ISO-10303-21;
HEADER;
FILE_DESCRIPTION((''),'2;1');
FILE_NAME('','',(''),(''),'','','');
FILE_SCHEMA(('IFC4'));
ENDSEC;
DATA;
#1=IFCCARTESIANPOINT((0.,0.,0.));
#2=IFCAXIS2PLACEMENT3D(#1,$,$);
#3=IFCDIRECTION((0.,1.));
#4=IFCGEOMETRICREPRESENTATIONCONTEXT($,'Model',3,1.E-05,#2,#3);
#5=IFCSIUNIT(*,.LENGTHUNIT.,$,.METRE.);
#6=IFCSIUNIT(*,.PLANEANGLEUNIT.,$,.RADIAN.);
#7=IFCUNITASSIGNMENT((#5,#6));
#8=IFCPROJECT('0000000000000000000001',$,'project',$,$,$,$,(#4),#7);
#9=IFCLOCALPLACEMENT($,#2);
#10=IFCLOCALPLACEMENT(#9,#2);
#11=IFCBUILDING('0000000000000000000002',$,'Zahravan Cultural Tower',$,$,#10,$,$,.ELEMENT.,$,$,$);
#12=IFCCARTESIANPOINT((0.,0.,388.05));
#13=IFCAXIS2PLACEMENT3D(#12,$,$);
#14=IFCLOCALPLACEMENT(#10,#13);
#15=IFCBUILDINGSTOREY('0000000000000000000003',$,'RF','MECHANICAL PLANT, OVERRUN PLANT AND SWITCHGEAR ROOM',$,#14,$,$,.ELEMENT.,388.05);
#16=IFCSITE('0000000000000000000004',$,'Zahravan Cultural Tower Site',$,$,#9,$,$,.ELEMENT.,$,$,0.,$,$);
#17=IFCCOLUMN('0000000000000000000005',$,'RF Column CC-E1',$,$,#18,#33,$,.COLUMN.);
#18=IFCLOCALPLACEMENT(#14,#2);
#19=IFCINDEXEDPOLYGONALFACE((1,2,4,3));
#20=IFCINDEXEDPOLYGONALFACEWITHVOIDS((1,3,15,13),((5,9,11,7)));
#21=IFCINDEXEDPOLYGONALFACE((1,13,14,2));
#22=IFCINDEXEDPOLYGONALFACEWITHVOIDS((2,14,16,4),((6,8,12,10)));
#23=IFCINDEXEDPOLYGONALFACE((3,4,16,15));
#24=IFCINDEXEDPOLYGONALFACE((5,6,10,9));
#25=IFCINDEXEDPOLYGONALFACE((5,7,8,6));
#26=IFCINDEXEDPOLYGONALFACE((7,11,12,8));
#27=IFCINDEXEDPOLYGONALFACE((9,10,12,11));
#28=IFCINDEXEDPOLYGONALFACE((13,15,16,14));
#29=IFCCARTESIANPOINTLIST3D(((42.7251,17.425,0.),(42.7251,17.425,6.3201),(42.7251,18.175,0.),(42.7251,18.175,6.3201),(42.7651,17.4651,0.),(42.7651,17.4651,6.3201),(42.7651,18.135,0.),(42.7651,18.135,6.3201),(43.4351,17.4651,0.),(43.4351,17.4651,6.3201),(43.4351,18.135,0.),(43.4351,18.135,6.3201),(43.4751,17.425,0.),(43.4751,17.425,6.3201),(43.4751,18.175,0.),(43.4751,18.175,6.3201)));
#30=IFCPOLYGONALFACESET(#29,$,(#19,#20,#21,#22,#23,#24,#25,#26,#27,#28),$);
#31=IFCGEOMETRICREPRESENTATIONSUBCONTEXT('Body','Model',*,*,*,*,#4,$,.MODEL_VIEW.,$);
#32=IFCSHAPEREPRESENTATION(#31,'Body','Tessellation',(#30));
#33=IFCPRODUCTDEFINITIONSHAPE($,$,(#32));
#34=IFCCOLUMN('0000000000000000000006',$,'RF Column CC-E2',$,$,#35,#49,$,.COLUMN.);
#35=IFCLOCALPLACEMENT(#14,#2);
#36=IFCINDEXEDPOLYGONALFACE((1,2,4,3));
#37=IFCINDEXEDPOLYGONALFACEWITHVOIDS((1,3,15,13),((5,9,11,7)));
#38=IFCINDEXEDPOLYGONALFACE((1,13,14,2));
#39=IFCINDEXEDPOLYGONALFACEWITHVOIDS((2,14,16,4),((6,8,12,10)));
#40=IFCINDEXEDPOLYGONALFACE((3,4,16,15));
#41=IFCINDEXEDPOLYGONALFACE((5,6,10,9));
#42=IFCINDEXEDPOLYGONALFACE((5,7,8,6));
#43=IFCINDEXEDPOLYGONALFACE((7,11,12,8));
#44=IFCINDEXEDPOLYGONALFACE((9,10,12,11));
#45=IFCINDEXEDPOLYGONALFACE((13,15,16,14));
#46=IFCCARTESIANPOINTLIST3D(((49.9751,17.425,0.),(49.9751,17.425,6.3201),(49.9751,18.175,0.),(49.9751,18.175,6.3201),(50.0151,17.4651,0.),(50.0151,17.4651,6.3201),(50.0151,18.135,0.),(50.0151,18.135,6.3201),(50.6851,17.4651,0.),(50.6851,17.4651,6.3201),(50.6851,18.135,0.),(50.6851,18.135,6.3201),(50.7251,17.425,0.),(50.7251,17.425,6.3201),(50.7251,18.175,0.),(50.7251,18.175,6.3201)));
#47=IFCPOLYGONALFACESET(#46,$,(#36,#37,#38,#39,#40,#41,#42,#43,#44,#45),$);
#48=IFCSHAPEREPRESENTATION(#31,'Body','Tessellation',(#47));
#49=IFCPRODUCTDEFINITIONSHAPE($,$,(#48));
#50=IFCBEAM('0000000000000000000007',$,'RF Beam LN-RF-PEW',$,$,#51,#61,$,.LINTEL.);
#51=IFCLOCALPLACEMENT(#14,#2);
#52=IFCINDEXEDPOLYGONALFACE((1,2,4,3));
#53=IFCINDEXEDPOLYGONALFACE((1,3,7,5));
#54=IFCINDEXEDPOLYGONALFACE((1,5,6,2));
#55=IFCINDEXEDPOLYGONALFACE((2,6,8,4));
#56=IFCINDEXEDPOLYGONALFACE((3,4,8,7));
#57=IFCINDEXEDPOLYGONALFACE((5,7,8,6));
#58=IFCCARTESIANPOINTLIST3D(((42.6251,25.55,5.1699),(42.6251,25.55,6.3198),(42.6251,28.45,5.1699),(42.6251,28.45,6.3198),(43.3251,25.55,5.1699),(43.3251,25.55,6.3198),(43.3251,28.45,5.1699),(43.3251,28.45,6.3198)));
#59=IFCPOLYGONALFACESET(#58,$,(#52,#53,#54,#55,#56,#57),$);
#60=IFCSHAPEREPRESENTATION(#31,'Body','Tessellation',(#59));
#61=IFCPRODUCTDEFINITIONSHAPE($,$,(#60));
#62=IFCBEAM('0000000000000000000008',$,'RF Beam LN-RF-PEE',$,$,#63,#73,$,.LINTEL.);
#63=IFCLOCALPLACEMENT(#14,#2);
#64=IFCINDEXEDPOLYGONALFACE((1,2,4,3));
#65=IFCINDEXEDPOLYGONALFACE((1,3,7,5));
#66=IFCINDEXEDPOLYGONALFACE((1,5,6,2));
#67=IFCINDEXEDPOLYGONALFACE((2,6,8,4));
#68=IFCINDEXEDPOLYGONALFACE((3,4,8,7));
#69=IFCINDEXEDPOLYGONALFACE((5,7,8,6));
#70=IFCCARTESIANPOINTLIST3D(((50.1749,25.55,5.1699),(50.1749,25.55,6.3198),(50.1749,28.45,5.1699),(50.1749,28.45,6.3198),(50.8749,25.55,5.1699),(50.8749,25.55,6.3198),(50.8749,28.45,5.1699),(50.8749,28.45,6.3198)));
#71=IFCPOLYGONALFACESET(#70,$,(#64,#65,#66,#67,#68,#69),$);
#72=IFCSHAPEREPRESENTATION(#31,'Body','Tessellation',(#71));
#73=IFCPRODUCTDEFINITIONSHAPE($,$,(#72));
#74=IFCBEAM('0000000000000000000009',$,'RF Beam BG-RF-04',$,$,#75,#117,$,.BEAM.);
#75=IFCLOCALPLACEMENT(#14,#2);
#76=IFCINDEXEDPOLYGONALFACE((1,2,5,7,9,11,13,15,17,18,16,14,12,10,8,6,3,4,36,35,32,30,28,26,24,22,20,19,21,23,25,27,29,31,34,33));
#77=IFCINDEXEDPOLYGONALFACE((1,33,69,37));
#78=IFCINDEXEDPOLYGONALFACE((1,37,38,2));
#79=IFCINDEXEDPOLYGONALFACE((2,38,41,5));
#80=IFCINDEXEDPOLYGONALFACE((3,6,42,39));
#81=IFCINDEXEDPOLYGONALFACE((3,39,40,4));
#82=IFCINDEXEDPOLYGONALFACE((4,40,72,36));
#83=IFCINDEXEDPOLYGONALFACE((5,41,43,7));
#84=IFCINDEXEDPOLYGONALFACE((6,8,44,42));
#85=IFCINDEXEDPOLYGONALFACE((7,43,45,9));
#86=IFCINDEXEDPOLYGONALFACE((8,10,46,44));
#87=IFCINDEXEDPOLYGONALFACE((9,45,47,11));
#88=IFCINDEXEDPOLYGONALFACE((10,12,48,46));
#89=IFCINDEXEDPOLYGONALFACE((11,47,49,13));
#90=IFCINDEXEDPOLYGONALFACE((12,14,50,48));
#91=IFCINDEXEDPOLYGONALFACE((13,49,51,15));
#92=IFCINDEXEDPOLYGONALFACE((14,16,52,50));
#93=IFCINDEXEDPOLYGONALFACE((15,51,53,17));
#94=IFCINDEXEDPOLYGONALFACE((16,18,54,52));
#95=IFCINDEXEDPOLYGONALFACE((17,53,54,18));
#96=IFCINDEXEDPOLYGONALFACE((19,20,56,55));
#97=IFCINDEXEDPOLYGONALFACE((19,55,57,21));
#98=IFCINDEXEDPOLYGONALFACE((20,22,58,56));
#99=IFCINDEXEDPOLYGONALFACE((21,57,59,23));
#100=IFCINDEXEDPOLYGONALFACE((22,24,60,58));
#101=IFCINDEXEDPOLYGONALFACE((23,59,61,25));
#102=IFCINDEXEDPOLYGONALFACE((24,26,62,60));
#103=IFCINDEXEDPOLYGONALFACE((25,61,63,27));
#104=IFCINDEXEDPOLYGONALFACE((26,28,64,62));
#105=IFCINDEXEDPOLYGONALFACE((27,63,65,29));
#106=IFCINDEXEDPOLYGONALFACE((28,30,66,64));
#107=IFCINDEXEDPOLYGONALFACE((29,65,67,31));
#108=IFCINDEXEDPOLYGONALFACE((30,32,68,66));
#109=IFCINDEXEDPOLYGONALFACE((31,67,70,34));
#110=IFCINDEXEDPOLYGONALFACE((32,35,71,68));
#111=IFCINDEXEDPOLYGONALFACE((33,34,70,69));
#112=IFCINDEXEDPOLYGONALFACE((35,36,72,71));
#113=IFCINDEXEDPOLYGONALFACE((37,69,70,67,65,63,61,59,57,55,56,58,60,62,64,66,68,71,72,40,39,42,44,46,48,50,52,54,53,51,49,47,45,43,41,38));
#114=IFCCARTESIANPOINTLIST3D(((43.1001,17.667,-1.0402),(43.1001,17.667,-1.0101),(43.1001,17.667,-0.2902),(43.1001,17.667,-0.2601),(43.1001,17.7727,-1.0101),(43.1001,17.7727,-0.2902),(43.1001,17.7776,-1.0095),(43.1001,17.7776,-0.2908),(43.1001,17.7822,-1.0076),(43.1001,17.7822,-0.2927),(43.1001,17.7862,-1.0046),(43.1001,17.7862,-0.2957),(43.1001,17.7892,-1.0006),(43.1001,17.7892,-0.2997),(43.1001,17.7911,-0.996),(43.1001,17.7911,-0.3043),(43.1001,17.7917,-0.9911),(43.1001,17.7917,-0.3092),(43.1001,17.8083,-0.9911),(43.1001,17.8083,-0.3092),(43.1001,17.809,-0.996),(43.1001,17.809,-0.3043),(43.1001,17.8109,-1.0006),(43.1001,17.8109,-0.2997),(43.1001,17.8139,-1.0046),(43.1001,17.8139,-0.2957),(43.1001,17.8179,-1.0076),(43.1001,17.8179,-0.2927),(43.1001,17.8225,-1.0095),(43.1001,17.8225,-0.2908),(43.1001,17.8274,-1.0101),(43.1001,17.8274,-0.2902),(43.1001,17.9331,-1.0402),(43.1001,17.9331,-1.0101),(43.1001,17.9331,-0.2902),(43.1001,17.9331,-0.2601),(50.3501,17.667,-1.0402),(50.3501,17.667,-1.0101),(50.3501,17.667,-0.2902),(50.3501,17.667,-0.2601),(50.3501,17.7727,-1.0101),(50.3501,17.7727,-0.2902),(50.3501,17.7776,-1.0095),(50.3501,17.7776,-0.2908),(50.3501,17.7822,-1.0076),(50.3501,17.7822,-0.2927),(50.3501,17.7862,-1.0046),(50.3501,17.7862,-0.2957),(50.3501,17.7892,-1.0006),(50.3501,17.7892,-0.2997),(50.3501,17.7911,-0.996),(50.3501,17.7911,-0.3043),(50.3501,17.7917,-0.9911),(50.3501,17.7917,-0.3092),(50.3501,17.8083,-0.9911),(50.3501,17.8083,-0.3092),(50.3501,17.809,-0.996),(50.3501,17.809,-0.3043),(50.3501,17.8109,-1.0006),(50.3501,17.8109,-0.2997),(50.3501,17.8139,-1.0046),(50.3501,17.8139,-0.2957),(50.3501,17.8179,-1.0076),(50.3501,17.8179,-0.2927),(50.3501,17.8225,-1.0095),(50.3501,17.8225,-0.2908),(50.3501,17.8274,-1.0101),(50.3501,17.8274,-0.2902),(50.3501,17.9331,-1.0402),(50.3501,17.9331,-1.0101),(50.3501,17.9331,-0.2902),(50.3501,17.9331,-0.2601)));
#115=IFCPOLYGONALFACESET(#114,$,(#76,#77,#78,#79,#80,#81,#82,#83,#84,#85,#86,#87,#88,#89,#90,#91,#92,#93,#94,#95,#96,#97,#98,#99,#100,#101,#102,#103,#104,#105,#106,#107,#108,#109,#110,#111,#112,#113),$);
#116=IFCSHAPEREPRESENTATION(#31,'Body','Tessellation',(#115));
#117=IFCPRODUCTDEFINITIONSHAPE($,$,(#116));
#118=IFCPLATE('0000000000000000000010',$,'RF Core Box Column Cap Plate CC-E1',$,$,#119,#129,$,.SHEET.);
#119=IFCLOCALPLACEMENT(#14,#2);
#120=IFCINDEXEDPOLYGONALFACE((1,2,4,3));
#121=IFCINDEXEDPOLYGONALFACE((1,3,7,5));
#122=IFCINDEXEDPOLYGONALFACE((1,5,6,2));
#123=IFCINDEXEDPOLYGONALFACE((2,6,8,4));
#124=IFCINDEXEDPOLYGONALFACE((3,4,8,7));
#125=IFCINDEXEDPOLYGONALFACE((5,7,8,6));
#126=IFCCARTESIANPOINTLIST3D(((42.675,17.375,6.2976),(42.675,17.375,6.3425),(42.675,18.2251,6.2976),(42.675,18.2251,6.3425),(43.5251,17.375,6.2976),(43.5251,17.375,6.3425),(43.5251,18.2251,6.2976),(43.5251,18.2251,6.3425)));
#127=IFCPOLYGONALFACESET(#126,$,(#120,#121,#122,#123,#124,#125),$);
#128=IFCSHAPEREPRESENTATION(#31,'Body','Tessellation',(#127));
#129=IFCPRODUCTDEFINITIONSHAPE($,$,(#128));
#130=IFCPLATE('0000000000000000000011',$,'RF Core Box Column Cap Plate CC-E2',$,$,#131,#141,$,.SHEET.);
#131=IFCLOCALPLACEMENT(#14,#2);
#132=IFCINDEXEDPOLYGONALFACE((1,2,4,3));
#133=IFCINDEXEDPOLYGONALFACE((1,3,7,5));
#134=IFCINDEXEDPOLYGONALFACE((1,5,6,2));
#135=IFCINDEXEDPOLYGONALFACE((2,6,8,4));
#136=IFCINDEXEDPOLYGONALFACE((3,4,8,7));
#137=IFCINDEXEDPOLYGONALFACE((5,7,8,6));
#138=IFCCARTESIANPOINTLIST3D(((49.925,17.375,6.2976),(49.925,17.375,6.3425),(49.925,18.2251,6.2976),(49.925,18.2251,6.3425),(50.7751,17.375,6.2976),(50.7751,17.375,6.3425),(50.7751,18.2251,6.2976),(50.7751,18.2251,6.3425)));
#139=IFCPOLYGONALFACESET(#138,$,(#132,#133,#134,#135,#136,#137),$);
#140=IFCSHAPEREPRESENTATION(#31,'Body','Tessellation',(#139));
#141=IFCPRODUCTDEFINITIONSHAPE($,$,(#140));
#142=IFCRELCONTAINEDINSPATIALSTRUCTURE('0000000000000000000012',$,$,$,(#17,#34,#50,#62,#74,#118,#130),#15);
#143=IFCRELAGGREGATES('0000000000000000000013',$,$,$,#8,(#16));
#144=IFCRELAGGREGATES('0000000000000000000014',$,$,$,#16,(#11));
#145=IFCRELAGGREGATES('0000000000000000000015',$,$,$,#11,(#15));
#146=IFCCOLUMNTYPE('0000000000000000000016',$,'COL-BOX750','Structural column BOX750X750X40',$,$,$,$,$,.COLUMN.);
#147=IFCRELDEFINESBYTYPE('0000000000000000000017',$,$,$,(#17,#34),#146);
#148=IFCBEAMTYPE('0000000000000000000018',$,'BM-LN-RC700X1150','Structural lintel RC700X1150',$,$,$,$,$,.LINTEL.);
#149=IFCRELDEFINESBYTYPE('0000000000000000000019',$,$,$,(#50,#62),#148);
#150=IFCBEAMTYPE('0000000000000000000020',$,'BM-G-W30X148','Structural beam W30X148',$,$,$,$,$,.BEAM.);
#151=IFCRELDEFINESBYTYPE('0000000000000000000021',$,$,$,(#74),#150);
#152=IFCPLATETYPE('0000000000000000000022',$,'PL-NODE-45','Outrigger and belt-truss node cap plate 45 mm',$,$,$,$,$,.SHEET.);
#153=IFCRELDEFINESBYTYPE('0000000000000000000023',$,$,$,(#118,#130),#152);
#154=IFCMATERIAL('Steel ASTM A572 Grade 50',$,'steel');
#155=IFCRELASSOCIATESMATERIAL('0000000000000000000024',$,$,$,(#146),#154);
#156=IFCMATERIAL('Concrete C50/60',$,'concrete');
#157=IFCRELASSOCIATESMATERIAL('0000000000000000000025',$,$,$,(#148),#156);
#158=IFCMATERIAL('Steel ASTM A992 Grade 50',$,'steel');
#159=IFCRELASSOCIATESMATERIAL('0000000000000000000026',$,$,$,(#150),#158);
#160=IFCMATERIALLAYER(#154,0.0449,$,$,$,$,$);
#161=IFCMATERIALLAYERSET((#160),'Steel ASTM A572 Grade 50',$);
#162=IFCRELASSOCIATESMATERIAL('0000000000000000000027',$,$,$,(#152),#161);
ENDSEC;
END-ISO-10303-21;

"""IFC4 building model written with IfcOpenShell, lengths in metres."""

from ifc_helpers import new_model, si_unit, direction, frame, origin, origin_2d, place, context, subcontext, project, spatial, rectangle, hollow_rectangle, i_section, extrude, source, transform, mapped, material, layer, layer_set, material_profile, profile_set, type_object, element, save


model = new_model("IFC4")

# Units and contexts
model_context = context("Model", 3, precision=1e-05, world=origin(), true_north=direction((0.0, 1.0)))
body_context = subcontext(model_context, "Body", "Model", "MODEL_VIEW")
ifc_project = project(units=[si_unit("LENGTHUNIT", "METRE"), si_unit("PLANEANGLEUNIT", "RADIAN")], contexts=[model_context])

# Site, building, storey
site_placement = place(None, origin())
site = spatial("IfcSite", under=ifc_project, at=site_placement, Name="Zahravan Cultural Tower Site", CompositionType="ELEMENT", RefElevation=0.0)
building_placement = place(site_placement, origin())
building = spatial("IfcBuilding", under=site, at=building_placement, Name="Zahravan Cultural Tower", CompositionType="ELEMENT")
storey_placement = place(building_placement, frame((0.0, 0.0, 388.05)))
storey = spatial("IfcBuildingStorey", under=building, at=storey_placement, Name="RF", Description="MECHANICAL PLANT, OVERRUN PLANT AND SWITCHGEAR ROOM", CompositionType="ELEMENT", Elevation=388.05)

# Columns
ifc_material_1 = material(Name="Steel ASTM A572 Grade 50", Category="steel")
ifc_material_profile_1 = material_profile(ifc_material_1, hollow_rectangle(XDim=0.75, YDim=0.75, WallThickness=0.04, at=origin_2d()), Name="BOX750X750X40")
ifc_profile_set_1 = profile_set([ifc_material_profile_1], Name="Steel ASTM A572 Grade 50")
column_type = type_object("IfcColumnType", Name="COL-BOX750", Description="Structural column BOX750X750X40", PredefinedType="COLUMN", material=ifc_profile_set_1)
shared_shape_1 = source(origin(), body_context, "Body", "SweptSolid", [
    extrude(hollow_rectangle(XDim=0.75, YDim=0.75, WallThickness=0.04, at=origin_2d()), origin(), (0.0, 0.0, 1.0), 6.3201),
])
for number, where, z_axis, x_axis, name in (
    (1, (43.1001, 17.8, 0.0), (0.0, 0.0, 1.0), (1.0, 0.0, 0.0), "RF Column CC-E1"),
    (2, (50.3501, 17.8, 0.0), (0.0, 0.0, 1.0), (1.0, 0.0, 0.0), "RF Column CC-E2"),
):
    element("IfcColumn", number, at=place(storey_placement, frame(where, z_axis=z_axis, x_axis=x_axis)), inside=storey, type_object=column_type, Name=name, PredefinedType="COLUMN", context=body_context, shape_type="MappedRepresentation", body=[
        mapped(shared_shape_1, transform((0.0, 0.0, 0.0), x_axis=(1.0, 0.0, 0.0), y_axis=(0.0, 1.0, 0.0), z_axis=(0.0, 0.0, 1.0), scale=1.0)),
    ])

# Beams
ifc_material_2 = material(Name="Concrete C50/60", Category="concrete")
ifc_material_profile_2 = material_profile(ifc_material_2, rectangle(XDim=0.7, YDim=1.1499, at=origin_2d()), Name="RC700X1150")
ifc_profile_set_2 = profile_set([ifc_material_profile_2], Name="Concrete C50/60")
beam_type_1 = type_object("IfcBeamType", Name="BM-LN-RC700X1150", Description="Structural lintel RC700X1150", PredefinedType="LINTEL", material=ifc_profile_set_2)
shared_shape_2 = source(origin(), body_context, "Body", "SweptSolid", [
    extrude(rectangle(XDim=0.7, YDim=1.1499, at=origin_2d()), origin(), (0.0, 0.0, 1.0), 2.8999),
])
for number, where, z_axis, x_axis, name in (
    (3, (42.9751, 25.55, 5.7449), (0.0, 1.0, 0.0), (-1.0, 0.0, 0.0), "RF Beam LN-RF-PEW"),
    (4, (50.5249, 25.55, 5.7449), (0.0, 1.0, 0.0), (-1.0, 0.0, 0.0), "RF Beam LN-RF-PEE"),
):
    element("IfcBeam", number, at=place(storey_placement, frame(where, z_axis=z_axis, x_axis=x_axis)), inside=storey, type_object=beam_type_1, Name=name, PredefinedType="LINTEL", context=body_context, shape_type="MappedRepresentation", body=[
        mapped(shared_shape_2, transform((0.0, 0.0, 0.0), x_axis=(1.0, 0.0, 0.0), y_axis=(0.0, 1.0, 0.0), z_axis=(0.0, 0.0, 1.0), scale=1.0)),
    ])
ifc_material_3 = material(Name="Steel ASTM A992 Grade 50", Category="steel")
ifc_material_profile_3 = material_profile(ifc_material_3, i_section(OverallWidth=0.2661, OverallDepth=0.78, WebThickness=0.0166, FlangeThickness=0.03, FilletRadius=0.019, at=origin_2d()), Name="W30X148")
ifc_profile_set_3 = profile_set([ifc_material_profile_3], Name="Steel ASTM A992 Grade 50")
beam_type_2 = type_object("IfcBeamType", Name="BM-G-W30X148", Description="Structural beam W30X148", PredefinedType="BEAM", material=ifc_profile_set_3)
shared_shape_3 = source(origin(), body_context, "Body", "SweptSolid", [
    extrude(i_section(OverallWidth=0.2661, OverallDepth=0.78, WebThickness=0.0166, FlangeThickness=0.03, FilletRadius=0.019, at=origin_2d()), origin(), (0.0, 0.0, 1.0), 7.25),
])
beam_placement = place(storey_placement, frame((43.1001, 17.8, -0.6501), z_axis=(1.0, 0.0, 0.0), x_axis=(0.0, 1.0, 0.0)))
element("IfcBeam", 5, at=beam_placement, inside=storey, type_object=beam_type_2, Name="RF Beam BG-RF-04", PredefinedType="BEAM", context=body_context, shape_type="MappedRepresentation", body=[
    mapped(shared_shape_3, transform((0.0, 0.0, 0.0), x_axis=(1.0, 0.0, 0.0), y_axis=(0.0, 1.0, 0.0), z_axis=(0.0, 0.0, 1.0), scale=1.0)),
])

# Plates
ifc_layer_1 = layer(ifc_material_1, 0.0449)
ifc_layer_set_1 = layer_set([ifc_layer_1], Name="Steel ASTM A572 Grade 50")
plate_type = type_object("IfcPlateType", Name="PL-NODE-45", Description="Outrigger and belt-truss node cap plate 45 mm", PredefinedType="SHEET", material=ifc_layer_set_1)
shared_shape_4 = source(origin(), body_context, "Body", "SweptSolid", [
    extrude(rectangle(XDim=0.8501, YDim=0.8501, at=origin_2d()), origin(), (0.0, 0.0, 1.0), 0.0449),
])
for number, where, z_axis, x_axis, name in (
    (6, (43.1001, 17.8, 6.2976), (0.0, 0.0, 1.0), (1.0, 0.0, 0.0), "RF Core Box Column Cap Plate CC-E1"),
    (7, (50.3501, 17.8, 6.2976), (0.0, 0.0, 1.0), (1.0, 0.0, 0.0), "RF Core Box Column Cap Plate CC-E2"),
):
    element("IfcPlate", number, at=place(storey_placement, frame(where, z_axis=z_axis, x_axis=x_axis)), inside=storey, type_object=plate_type, Name=name, PredefinedType="SHEET", context=body_context, shape_type="MappedRepresentation", body=[
        mapped(shared_shape_4, transform((0.0, 0.0, 0.0), x_axis=(1.0, 0.0, 0.0), y_axis=(0.0, 1.0, 0.0), z_axis=(0.0, 0.0, 1.0), scale=1.0)),
    ])

save(model, "model.ifc")
